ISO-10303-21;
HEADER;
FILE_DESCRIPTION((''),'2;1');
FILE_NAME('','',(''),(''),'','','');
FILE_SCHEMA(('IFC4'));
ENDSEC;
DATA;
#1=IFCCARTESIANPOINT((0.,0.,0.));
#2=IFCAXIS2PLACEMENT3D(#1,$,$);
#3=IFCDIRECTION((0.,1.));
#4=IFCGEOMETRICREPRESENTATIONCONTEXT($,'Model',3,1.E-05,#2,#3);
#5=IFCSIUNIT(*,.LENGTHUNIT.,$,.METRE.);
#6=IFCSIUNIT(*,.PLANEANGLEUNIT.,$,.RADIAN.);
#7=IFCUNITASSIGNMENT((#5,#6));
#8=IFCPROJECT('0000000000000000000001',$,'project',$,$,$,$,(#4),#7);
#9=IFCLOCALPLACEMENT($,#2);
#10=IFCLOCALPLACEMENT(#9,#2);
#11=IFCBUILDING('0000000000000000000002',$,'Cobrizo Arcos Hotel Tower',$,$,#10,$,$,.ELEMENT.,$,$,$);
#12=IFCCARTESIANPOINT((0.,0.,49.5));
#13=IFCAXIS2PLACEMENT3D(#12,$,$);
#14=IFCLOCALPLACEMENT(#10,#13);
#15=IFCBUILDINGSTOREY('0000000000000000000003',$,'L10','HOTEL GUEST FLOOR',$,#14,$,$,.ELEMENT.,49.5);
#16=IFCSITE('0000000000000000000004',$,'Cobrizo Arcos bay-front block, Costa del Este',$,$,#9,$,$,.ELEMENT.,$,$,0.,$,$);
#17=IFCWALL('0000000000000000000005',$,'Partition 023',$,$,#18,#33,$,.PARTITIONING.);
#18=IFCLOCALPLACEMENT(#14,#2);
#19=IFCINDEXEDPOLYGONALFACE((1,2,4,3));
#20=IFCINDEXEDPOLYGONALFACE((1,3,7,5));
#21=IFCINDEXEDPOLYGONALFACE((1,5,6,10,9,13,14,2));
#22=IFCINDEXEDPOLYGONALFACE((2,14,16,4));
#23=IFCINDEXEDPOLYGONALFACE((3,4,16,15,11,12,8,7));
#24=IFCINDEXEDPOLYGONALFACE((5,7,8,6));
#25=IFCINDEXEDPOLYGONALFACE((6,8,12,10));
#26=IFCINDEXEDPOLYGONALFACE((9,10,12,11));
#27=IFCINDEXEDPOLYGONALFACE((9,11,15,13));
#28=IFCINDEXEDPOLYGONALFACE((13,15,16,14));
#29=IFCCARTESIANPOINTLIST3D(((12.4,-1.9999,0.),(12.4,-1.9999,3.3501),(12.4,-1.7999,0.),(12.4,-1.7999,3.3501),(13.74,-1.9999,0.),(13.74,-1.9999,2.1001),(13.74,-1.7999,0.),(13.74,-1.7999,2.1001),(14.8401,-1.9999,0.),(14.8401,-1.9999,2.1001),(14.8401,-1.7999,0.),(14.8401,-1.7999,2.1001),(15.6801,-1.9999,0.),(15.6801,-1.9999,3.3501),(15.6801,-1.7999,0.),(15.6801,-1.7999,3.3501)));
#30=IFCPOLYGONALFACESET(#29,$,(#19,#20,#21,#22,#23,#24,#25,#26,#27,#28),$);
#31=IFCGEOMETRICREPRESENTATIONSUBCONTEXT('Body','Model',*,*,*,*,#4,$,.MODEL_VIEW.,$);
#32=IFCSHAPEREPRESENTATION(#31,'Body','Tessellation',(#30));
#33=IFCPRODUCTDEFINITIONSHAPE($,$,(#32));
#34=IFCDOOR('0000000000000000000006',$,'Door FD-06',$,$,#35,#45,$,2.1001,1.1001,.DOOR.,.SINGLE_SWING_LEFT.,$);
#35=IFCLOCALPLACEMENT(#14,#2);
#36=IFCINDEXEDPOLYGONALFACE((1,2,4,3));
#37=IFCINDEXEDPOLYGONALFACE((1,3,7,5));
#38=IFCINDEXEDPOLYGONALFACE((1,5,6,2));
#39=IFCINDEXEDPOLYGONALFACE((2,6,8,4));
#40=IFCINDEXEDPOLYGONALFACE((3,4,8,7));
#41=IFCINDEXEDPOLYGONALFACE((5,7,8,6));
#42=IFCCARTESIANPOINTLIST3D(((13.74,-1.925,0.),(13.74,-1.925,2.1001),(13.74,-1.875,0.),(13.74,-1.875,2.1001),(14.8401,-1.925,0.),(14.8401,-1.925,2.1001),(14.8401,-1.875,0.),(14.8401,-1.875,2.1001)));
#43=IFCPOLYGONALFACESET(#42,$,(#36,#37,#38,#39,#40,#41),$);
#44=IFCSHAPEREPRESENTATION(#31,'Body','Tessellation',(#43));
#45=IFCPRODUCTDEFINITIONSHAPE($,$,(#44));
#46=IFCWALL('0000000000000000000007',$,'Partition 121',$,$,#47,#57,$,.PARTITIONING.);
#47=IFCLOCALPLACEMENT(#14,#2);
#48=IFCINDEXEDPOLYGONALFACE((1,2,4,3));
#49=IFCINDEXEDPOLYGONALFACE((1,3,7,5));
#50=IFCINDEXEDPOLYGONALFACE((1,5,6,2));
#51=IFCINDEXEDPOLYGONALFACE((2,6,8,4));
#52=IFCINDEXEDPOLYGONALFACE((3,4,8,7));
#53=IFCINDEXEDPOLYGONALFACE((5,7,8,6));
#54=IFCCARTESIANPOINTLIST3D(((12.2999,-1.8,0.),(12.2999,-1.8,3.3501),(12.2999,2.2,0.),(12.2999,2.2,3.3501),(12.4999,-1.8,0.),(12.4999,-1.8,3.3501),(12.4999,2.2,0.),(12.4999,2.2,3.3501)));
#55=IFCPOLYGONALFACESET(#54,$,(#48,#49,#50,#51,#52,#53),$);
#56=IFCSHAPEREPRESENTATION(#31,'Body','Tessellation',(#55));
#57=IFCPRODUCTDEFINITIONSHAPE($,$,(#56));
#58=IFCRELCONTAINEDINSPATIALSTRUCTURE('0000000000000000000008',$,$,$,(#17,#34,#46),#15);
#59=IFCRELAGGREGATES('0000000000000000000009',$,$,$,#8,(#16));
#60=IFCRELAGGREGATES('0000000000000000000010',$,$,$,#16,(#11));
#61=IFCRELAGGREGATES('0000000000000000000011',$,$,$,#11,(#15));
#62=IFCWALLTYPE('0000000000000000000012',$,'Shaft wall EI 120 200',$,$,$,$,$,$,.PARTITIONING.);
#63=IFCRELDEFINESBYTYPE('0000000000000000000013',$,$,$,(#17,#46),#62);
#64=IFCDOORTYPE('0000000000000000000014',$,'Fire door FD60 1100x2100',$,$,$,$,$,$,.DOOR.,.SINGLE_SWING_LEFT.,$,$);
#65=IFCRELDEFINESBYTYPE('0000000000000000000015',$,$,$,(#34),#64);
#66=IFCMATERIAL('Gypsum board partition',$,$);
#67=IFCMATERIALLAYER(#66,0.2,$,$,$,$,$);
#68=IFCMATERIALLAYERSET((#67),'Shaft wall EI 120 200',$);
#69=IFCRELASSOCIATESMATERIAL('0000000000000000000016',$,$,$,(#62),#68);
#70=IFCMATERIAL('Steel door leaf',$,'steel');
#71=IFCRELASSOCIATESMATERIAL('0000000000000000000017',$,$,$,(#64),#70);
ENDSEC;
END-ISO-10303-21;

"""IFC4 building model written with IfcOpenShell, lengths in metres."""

from ifc_helpers import new_model, si_unit, direction, frame, frame_2d, origin, place, context, subcontext, project, spatial, rectangle, extrude, material, layer, layer_set, type_object, element, fill, save


model = new_model("IFC4")

# Units and contexts
model_context = context("Model", 3, precision=1e-05, world=origin(), true_north=direction((0.0, 1.0)))
body_context = subcontext(model_context, "Body", "Model", "MODEL_VIEW")
ifc_project = project(units=[si_unit("LENGTHUNIT", "METRE"), si_unit("PLANEANGLEUNIT", "RADIAN")], contexts=[model_context])

# Site, building, storey
site_placement = place(None, origin())
site = spatial("IfcSite", under=ifc_project, at=site_placement, Name="Cobrizo Arcos bay-front block, Costa del Este", CompositionType="ELEMENT", RefElevation=0.0)
building_placement = place(site_placement, origin())
building = spatial("IfcBuilding", under=site, at=building_placement, Name="Cobrizo Arcos Hotel Tower", CompositionType="ELEMENT")
storey_placement = place(building_placement, frame((0.0, 0.0, 49.5)))
storey = spatial("IfcBuildingStorey", under=building, at=storey_placement, Name="L10", Description="HOTEL GUEST FLOOR", CompositionType="ELEMENT", Elevation=49.5)

# Shared definitions
ifc_material_1 = material(Name="Gypsum board partition")

# Wall, opening, door
ifc_layer_1 = layer(ifc_material_1, 0.2)
ifc_layer_set_1 = layer_set([ifc_layer_1], Name="Shaft wall EI 120 200")
wall_type_1 = type_object("IfcWallType", Name="Shaft wall EI 120 200", PredefinedType="PARTITIONING", material=ifc_layer_set_1)
wall_1_placement = place(storey_placement, frame((12.3999, -1.8999, 0.0), z_axis=(0.0, 0.0, 1.0), x_axis=(1.0, 0.0, 0.0)))
wall_1 = element("IfcWall", 1, at=wall_1_placement, inside=storey, type_object=wall_type_1, Name="Partition 023", PredefinedType="PARTITIONING", context=body_context, shape_type="SweptSolid", body=[
    extrude(rectangle(XDim=3.28, YDim=0.2, at=frame_2d((1.6401, 0.0))), origin(), (0.0, 0.0, 1.0), 3.3501),
])
opening_placement = place(wall_1_placement, frame((1.3401, 0.0, 0.0)))
opening = element("IfcOpeningElement", 2, at=opening_placement, cuts=wall_1, PredefinedType="OPENING", context=body_context, shape_type="SweptSolid", body=[
    extrude(rectangle(XDim=1.1001, YDim=2.1001, at=frame_2d((0.55, 1.05))), frame((0.0, 0.1121, 0.0), z_axis=(0.0, -1.0, 0.0), x_axis=(1.0, 0.0, 0.0)), (0.0, 0.0, 1.0), 0.2239),
])
ifc_material_2 = material(Name="Steel door leaf", Category="steel")
door_type = type_object("IfcDoorType", Name="Fire door FD60 1100x2100", OperationType="SINGLE_SWING_LEFT", PredefinedType="DOOR", material=ifc_material_2)
door_placement = place(opening_placement, origin())
door = element("IfcDoor", 3, at=door_placement, inside=storey, type_object=door_type, Name="Door FD-06", OperationType="SINGLE_SWING_LEFT", OverallHeight=2.1001, OverallWidth=1.1001, PredefinedType="DOOR", context=body_context, shape_type="SweptSolid", body=[
    extrude(rectangle(XDim=1.1001, YDim=2.1001, at=frame_2d((0.55, 1.05))), frame((0.0, 0.0249, 0.0), z_axis=(0.0, -1.0, 0.0), x_axis=(1.0, 0.0, 0.0)), (0.0, 0.0, 1.0), 0.05),
])
fill(opening, door)

# Wall
wall_2_placement = place(storey_placement, frame((12.3999, -1.8, 0.0), z_axis=(0.0, 0.0, 1.0), x_axis=(0.0, 1.0, 0.0)))
element("IfcWall", 4, at=wall_2_placement, inside=storey, type_object=wall_type_1, Name="Partition 121", PredefinedType="PARTITIONING", context=body_context, shape_type="SweptSolid", body=[
    extrude(rectangle(XDim=4.0, YDim=0.2, at=frame_2d((2.0, 0.0))), origin(), (0.0, 0.0, 1.0), 3.3501),
])

save(model, "model.ifc")
